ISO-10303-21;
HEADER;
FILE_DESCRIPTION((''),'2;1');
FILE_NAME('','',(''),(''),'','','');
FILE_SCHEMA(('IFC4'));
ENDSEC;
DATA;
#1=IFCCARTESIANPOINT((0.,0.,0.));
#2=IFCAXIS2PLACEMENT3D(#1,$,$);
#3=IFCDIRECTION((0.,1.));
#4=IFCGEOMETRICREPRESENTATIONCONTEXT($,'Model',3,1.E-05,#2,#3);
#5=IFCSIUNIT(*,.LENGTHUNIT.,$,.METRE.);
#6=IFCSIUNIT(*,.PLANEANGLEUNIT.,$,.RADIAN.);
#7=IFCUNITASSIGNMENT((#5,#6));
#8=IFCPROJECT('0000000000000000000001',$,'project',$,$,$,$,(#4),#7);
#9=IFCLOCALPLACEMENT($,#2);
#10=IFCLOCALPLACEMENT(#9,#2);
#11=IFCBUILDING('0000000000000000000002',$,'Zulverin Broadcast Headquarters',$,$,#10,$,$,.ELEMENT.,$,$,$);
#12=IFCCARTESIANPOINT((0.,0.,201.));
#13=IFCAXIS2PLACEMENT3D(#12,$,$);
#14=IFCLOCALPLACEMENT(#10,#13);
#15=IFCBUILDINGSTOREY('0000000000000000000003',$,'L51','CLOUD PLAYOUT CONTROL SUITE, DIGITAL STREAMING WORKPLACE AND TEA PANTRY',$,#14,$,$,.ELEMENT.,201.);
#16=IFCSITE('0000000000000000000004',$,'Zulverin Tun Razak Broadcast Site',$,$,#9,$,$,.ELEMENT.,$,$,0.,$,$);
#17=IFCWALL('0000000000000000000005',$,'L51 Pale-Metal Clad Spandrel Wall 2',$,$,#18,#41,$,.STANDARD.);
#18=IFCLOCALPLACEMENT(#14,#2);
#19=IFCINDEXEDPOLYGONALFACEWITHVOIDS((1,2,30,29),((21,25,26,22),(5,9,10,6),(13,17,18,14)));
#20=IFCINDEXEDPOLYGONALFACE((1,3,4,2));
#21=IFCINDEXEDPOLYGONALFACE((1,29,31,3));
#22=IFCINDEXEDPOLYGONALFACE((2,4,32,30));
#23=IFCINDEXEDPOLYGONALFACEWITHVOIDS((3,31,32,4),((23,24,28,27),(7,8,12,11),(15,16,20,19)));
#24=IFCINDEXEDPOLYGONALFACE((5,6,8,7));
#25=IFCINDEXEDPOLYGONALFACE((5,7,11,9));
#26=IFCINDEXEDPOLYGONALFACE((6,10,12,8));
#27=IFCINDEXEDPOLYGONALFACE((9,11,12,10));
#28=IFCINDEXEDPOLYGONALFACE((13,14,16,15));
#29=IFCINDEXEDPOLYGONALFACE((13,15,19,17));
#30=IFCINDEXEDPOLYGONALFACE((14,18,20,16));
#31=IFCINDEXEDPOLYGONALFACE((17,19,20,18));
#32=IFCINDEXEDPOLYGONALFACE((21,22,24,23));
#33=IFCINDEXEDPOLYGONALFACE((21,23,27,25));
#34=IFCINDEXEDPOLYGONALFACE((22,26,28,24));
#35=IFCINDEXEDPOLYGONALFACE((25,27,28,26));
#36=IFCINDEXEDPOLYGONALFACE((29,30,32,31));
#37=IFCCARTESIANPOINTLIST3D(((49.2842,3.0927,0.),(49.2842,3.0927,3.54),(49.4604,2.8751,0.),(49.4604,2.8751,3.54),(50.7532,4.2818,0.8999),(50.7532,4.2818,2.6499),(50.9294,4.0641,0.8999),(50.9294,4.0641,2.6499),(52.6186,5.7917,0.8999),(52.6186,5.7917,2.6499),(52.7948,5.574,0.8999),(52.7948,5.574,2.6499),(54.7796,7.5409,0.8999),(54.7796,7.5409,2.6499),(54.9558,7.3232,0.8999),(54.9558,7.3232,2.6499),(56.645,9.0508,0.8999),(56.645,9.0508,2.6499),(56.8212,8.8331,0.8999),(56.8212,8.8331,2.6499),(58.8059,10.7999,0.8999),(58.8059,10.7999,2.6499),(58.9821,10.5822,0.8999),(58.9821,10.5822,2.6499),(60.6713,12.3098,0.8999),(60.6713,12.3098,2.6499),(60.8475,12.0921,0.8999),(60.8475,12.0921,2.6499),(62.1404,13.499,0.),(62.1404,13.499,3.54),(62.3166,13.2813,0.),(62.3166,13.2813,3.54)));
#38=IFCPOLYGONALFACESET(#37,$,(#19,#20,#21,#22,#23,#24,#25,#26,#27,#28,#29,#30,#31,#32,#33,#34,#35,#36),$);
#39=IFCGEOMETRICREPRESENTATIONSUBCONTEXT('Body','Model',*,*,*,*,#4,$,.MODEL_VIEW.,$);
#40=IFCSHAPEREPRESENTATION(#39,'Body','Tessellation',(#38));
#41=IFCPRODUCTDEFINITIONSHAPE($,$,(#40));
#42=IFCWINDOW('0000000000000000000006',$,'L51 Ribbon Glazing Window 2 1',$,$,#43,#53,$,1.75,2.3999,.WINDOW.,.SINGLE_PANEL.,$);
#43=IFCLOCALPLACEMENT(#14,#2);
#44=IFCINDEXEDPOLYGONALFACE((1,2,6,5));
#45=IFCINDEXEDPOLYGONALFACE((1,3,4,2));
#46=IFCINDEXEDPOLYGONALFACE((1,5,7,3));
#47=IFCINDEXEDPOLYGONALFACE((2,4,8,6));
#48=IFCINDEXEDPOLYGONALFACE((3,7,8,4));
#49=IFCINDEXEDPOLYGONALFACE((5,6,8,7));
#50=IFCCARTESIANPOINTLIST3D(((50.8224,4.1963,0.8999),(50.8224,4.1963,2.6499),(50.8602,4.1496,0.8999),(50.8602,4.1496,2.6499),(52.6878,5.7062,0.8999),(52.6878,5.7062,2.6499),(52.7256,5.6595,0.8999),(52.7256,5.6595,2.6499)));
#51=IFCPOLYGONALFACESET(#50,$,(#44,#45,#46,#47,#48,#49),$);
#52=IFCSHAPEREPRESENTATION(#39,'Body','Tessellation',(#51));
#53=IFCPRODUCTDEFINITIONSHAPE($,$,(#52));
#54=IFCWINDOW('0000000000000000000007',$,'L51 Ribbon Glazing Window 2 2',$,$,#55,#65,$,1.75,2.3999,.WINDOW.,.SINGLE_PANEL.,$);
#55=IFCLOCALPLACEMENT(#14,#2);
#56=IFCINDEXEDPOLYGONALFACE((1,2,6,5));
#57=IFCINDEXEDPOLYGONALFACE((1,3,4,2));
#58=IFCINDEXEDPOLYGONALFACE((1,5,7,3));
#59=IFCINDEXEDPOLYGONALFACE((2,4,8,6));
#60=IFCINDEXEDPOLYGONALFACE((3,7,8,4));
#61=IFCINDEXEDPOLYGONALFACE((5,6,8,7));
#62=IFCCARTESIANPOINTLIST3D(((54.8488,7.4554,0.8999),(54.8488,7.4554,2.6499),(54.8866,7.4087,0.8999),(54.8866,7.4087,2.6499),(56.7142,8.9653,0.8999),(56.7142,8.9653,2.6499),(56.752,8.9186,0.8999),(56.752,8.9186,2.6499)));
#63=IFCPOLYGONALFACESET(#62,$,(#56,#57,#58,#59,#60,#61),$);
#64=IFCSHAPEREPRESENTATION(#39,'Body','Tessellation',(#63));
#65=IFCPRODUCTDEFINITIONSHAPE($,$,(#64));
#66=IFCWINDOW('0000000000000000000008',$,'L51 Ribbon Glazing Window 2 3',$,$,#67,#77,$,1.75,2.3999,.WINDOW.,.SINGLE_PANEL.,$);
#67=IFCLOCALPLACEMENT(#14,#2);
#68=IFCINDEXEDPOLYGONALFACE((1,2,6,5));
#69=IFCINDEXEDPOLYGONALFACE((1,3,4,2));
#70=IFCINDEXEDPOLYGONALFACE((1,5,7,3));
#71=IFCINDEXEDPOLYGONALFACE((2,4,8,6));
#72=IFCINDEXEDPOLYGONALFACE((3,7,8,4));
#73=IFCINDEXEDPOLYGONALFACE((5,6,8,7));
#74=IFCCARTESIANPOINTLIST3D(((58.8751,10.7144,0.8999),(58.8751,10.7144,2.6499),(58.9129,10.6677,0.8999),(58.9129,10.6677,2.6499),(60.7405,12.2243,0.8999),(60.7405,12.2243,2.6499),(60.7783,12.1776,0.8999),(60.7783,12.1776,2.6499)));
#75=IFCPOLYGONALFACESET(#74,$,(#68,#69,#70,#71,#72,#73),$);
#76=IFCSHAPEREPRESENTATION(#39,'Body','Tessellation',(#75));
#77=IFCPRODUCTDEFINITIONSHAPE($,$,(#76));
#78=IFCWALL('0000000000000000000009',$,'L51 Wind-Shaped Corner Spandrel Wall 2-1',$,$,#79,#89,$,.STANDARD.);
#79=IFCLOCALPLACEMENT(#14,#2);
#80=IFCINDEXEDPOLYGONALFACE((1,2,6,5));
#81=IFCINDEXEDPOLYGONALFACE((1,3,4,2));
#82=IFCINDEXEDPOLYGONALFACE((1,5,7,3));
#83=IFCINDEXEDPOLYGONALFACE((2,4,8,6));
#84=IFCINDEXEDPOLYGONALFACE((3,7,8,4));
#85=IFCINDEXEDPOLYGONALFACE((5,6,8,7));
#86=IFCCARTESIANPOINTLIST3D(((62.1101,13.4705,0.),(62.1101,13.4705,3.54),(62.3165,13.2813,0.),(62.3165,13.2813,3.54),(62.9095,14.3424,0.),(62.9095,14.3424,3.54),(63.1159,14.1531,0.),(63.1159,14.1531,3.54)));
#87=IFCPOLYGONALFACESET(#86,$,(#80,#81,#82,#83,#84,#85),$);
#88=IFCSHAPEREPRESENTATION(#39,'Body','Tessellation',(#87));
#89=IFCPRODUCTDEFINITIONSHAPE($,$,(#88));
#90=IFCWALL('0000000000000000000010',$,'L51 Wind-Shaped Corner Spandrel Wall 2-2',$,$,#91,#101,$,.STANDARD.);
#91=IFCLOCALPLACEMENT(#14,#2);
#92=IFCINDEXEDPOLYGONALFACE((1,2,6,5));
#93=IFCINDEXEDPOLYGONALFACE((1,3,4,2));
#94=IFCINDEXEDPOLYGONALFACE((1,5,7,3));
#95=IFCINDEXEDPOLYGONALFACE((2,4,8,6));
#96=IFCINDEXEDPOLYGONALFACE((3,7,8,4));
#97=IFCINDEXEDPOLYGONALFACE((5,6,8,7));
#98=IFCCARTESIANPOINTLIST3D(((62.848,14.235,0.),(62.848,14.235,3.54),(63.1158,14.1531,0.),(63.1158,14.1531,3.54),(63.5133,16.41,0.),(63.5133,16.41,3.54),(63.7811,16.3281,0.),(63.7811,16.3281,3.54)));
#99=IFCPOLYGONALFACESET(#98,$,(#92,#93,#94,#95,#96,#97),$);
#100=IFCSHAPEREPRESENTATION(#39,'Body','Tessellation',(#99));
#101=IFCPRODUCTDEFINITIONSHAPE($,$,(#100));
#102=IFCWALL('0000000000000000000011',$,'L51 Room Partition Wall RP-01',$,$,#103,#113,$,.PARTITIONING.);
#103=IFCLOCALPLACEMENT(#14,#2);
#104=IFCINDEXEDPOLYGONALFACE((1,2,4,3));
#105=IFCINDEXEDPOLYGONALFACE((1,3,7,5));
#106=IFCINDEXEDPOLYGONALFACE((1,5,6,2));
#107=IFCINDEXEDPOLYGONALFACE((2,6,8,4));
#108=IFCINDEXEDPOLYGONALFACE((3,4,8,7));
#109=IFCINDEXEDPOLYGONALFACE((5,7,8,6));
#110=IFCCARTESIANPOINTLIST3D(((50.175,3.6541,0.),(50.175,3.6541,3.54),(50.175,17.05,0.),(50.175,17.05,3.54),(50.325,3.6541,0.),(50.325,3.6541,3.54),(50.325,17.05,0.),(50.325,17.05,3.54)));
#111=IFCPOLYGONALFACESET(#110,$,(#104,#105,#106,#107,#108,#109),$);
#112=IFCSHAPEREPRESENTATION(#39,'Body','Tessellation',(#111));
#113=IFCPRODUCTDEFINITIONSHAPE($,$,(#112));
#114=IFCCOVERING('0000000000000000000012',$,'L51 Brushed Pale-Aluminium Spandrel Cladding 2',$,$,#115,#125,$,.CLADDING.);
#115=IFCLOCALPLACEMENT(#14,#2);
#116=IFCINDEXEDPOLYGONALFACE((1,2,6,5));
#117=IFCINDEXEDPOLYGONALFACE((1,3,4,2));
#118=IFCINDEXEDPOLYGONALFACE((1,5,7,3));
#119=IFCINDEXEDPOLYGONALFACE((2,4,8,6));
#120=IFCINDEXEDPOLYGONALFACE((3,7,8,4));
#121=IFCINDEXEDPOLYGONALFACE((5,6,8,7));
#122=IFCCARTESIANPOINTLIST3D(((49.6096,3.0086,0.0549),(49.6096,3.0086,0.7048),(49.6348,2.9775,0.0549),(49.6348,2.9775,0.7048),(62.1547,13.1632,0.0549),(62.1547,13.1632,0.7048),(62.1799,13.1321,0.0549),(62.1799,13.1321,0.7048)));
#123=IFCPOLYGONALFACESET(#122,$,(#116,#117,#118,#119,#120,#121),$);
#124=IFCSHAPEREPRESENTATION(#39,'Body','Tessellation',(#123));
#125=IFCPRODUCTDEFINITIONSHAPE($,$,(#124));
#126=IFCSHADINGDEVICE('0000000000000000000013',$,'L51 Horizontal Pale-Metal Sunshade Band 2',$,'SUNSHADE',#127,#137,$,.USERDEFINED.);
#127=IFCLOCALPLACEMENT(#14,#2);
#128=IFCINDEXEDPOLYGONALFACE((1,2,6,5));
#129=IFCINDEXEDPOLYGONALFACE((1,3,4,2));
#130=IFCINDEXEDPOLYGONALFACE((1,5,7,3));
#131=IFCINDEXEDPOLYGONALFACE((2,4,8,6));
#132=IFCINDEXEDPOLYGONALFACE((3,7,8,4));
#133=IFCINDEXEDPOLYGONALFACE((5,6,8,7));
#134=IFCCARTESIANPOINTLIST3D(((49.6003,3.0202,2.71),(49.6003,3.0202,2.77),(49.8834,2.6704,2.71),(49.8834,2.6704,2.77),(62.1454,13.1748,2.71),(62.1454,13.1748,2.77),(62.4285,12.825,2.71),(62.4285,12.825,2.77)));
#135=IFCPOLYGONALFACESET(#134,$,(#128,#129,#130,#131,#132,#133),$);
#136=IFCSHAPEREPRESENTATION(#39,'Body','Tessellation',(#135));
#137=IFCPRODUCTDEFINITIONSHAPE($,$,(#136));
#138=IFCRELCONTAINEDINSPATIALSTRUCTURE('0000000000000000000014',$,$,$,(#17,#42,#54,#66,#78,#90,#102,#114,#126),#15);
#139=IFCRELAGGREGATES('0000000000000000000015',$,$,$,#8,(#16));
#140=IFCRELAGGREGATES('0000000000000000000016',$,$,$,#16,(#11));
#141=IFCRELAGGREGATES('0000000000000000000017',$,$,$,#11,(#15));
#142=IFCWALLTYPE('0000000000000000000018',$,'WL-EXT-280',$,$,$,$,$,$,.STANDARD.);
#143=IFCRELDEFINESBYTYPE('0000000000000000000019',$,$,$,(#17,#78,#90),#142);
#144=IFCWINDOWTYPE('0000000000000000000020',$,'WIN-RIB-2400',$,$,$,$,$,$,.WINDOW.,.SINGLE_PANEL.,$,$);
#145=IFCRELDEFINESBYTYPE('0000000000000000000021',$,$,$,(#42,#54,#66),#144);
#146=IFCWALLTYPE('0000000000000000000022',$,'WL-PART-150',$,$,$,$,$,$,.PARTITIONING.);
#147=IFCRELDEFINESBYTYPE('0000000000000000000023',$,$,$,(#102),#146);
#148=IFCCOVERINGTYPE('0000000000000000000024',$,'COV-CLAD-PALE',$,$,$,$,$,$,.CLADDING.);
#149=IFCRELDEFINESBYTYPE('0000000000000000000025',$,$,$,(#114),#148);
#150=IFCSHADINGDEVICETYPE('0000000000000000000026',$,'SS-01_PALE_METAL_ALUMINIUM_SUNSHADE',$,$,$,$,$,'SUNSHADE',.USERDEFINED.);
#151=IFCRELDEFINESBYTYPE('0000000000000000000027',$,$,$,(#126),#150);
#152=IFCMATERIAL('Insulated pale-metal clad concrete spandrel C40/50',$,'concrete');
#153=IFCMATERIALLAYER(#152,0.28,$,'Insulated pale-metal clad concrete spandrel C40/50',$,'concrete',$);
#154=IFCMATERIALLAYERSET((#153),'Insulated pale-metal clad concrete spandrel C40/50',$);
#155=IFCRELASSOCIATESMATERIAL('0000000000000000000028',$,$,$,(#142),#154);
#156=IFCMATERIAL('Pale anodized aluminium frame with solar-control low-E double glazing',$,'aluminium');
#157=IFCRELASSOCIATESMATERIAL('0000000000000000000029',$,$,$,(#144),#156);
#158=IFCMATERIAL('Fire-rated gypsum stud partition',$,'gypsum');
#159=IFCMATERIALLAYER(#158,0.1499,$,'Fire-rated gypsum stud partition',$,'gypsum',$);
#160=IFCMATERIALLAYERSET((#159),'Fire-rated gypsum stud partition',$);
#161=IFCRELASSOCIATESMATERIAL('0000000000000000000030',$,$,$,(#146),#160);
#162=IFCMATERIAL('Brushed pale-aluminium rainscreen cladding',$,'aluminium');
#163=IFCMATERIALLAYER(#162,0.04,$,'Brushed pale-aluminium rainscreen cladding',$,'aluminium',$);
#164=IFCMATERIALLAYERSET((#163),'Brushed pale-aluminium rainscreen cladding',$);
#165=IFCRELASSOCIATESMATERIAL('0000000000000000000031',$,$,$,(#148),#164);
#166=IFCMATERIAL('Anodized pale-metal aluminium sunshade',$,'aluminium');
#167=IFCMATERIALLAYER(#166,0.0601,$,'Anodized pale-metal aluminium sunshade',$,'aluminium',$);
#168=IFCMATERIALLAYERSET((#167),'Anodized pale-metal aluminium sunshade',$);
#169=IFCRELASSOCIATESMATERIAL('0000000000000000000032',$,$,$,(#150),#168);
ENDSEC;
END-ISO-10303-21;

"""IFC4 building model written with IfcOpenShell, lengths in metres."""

from ifc_helpers import new_model, si_unit, direction, frame, frame_2d, origin, origin_2d, place, context, subcontext, project, spatial, rectangle, extrude, material, layer, layer_set, type_object, element, fill, save


model = new_model("IFC4")

# Units and contexts
model_context = context("Model", 3, precision=1e-05, world=origin(), true_north=direction((0.0, 1.0)))
body_context = subcontext(model_context, "Body", "Model", "MODEL_VIEW")
ifc_project = project(units=[si_unit("LENGTHUNIT", "METRE"), si_unit("PLANEANGLEUNIT", "RADIAN")], contexts=[model_context])

# Site, building, storey
site_placement = place(None, origin())
site = spatial("IfcSite", under=ifc_project, at=site_placement, Name="Zulverin Tun Razak Broadcast Site", CompositionType="ELEMENT", RefElevation=0.0)
building_placement = place(site_placement, origin())
building = spatial("IfcBuilding", under=site, at=building_placement, Name="Zulverin Broadcast Headquarters", CompositionType="ELEMENT")
storey_placement = place(building_placement, frame((0.0, 0.0, 201.0)))
storey = spatial("IfcBuildingStorey", under=building, at=storey_placement, Name="L51", Description="CLOUD PLAYOUT CONTROL SUITE, DIGITAL STREAMING WORKPLACE AND TEA PANTRY", CompositionType="ELEMENT", Elevation=201.0)

# Wall, openings, windows
ifc_material_1 = material(Name="Insulated pale-metal clad concrete spandrel C40/50", Category="concrete")
ifc_layer_1 = layer(ifc_material_1, 0.28, Name="Insulated pale-metal clad concrete spandrel C40/50", Category="concrete")
ifc_layer_set_1 = layer_set([ifc_layer_1], Name="Insulated pale-metal clad concrete spandrel C40/50")
wall_type_1 = type_object("IfcWallType", Name="WL-EXT-280", PredefinedType="STANDARD", material=ifc_layer_set_1)
wall_1_placement = place(storey_placement, frame((49.3723, 2.9839, 0.0), z_axis=(0.0, 0.0, 1.0), x_axis=(0.777279, 0.629156, 0.0)))
wall_1 = element("IfcWall", 1, at=wall_1_placement, inside=storey, type_object=wall_type_1, Name="L51 Pale-Metal Clad Spandrel Wall 2", PredefinedType="STANDARD", context=body_context, shape_type="SweptSolid", body=[
    extrude(rectangle(XDim=16.54, YDim=0.28, at=frame_2d((8.27, 0.0))), origin(), (0.0, 0.0, 1.0), 3.54),
])
opening_1_placement = place(wall_1_placement, frame((1.8899, 0.0, 0.8999)))
opening_1 = element("IfcOpeningElement", 2, at=opening_1_placement, cuts=wall_1, PredefinedType="OPENING", context=body_context, shape_type="SweptSolid", body=[
    extrude(rectangle(XDim=2.3999, YDim=1.75, at=frame_2d((1.2, 0.875))), frame((0.0, 0.1499, 0.0), z_axis=(0.0, -1.0, 0.0), x_axis=(1.0, 0.0, 0.0)), (0.0, 0.0, 1.0), 0.3),
])
opening_2_placement = place(wall_1_placement, frame((7.0701, 0.0, 0.8999)))
opening_2 = element("IfcOpeningElement", 3, at=opening_2_placement, cuts=wall_1, PredefinedType="OPENING", context=body_context, shape_type="SweptSolid", body=[
    extrude(rectangle(XDim=2.3999, YDim=1.75, at=frame_2d((1.2, 0.875))), frame((0.0, 0.1499, 0.0), z_axis=(0.0, -1.0, 0.0), x_axis=(1.0, 0.0, 0.0)), (0.0, 0.0, 1.0), 0.3),
])
opening_3_placement = place(wall_1_placement, frame((12.25, 0.0, 0.8999)))
opening_3 = element("IfcOpeningElement", 4, at=opening_3_placement, cuts=wall_1, PredefinedType="OPENING", context=body_context, shape_type="SweptSolid", body=[
    extrude(rectangle(XDim=2.3999, YDim=1.75, at=frame_2d((1.2, 0.875))), frame((0.0, 0.1499, 0.0), z_axis=(0.0, -1.0, 0.0), x_axis=(1.0, 0.0, 0.0)), (0.0, 0.0, 1.0), 0.3),
])
ifc_material_2 = material(Name="Pale anodized aluminium frame with solar-control low-E double glazing", Category="aluminium")
window_type = type_object("IfcWindowType", Name="WIN-RIB-2400", PartitioningType="SINGLE_PANEL", PredefinedType="WINDOW", material=ifc_material_2)
window_1_placement = place(opening_1_placement, origin())
window_1 = element("IfcWindow", 5, at=window_1_placement, inside=storey, type_object=window_type, Name="L51 Ribbon Glazing Window 2 1", OverallHeight=1.75, OverallWidth=2.3999, PartitioningType="SINGLE_PANEL", PredefinedType="WINDOW", context=body_context, shape_type="SweptSolid", body=[
    extrude(rectangle(XDim=2.3999, YDim=1.75, at=frame_2d((1.2, 0.875))), frame((0.0, 0.03, 0.0), z_axis=(0.0, -1.0, 0.0), x_axis=(1.0, 0.0, 0.0)), (0.0, 0.0, 1.0), 0.0601),
])
fill(opening_1, window_1)
window_2_placement = place(opening_2_placement, origin())
window_2 = element("IfcWindow", 6, at=window_2_placement, inside=storey, type_object=window_type, Name="L51 Ribbon Glazing Window 2 2", OverallHeight=1.75, OverallWidth=2.3999, PartitioningType="SINGLE_PANEL", PredefinedType="WINDOW", context=body_context, shape_type="SweptSolid", body=[
    extrude(rectangle(XDim=2.3999, YDim=1.75, at=frame_2d((1.2, 0.875))), frame((0.0, 0.03, 0.0), z_axis=(0.0, -1.0, 0.0), x_axis=(1.0, 0.0, 0.0)), (0.0, 0.0, 1.0), 0.0601),
])
fill(opening_2, window_2)
window_3_placement = place(opening_3_placement, origin())
window_3 = element("IfcWindow", 7, at=window_3_placement, inside=storey, type_object=window_type, Name="L51 Ribbon Glazing Window 2 3", OverallHeight=1.75, OverallWidth=2.3999, PartitioningType="SINGLE_PANEL", PredefinedType="WINDOW", context=body_context, shape_type="SweptSolid", body=[
    extrude(rectangle(XDim=2.3999, YDim=1.75, at=frame_2d((1.2, 0.875))), frame((0.0, 0.03, 0.0), z_axis=(0.0, -1.0, 0.0), x_axis=(1.0, 0.0, 0.0)), (0.0, 0.0, 1.0), 0.0601),
])
fill(opening_3, window_3)

# Walls
wall_2_placement = place(storey_placement, frame((62.2134, 13.376, 0.0), z_axis=(0.0, 0.0, 1.0), x_axis=(0.67579, 0.737094, 0.0)))
element("IfcWall", 8, at=wall_2_placement, inside=storey, type_object=wall_type_1, Name="L51 Wind-Shaped Corner Spandrel Wall 2-1", PredefinedType="STANDARD", context=body_context, shape_type="SweptSolid", body=[
    extrude(rectangle(XDim=1.1829, YDim=0.28, at=frame_2d((0.5913, 0.0))), origin(), (0.0, 0.0, 1.0), 3.54),
])
wall_3_placement = place(storey_placement, frame((62.9819, 14.1941, 0.0), z_axis=(0.0, 0.0, 1.0), x_axis=(0.292494, 0.956267, 0.0)))
element("IfcWall", 9, at=wall_3_placement, inside=storey, type_object=wall_type_1, Name="L51 Wind-Shaped Corner Spandrel Wall 2-2", PredefinedType="STANDARD", context=body_context, shape_type="SweptSolid", body=[
    extrude(rectangle(XDim=2.2744, YDim=0.28, at=frame_2d((1.1372, 0.0))), origin(), (0.0, 0.0, 1.0), 3.54),
])
ifc_material_3 = material(Name="Fire-rated gypsum stud partition", Category="gypsum")
ifc_layer_2 = layer(ifc_material_3, 0.1499, Name="Fire-rated gypsum stud partition", Category="gypsum")
ifc_layer_set_2 = layer_set([ifc_layer_2], Name="Fire-rated gypsum stud partition")
wall_type_2 = type_object("IfcWallType", Name="WL-PART-150", PredefinedType="PARTITIONING", material=ifc_layer_set_2)
wall_4_placement = place(storey_placement, frame((50.25, 3.6541, 0.0), z_axis=(0.0, 0.0, 1.0), x_axis=(0.0, 1.0, 0.0)))
element("IfcWall", 10, at=wall_4_placement, inside=storey, type_object=wall_type_2, Name="L51 Room Partition Wall RP-01", PredefinedType="PARTITIONING", context=body_context, shape_type="SweptSolid", body=[
    extrude(rectangle(XDim=13.396, YDim=0.1499, at=frame_2d((6.698, 0.0))), origin(), (0.0, 0.0, 1.0), 3.54),
])

# Covering
ifc_material_4 = material(Name="Brushed pale-aluminium rainscreen cladding", Category="aluminium")
ifc_layer_3 = layer(ifc_material_4, 0.04, Name="Brushed pale-aluminium rainscreen cladding", Category="aluminium")
ifc_layer_set_3 = layer_set([ifc_layer_3], Name="Brushed pale-aluminium rainscreen cladding")
covering_type = type_object("IfcCoveringType", Name="COV-CLAD-PALE", PredefinedType="CLADDING", material=ifc_layer_set_3)
covering_placement = place(storey_placement, frame((55.8948, 8.0703, 0.0549), z_axis=(0.0, 0.0, 1.0), x_axis=(0.777274, 0.629162, 0.0)))
element("IfcCovering", 11, at=covering_placement, inside=storey, type_object=covering_type, Name="L51 Brushed Pale-Aluminium Spandrel Cladding 2", PredefinedType="CLADDING", context=body_context, shape_type="SweptSolid", body=[
    extrude(rectangle(XDim=16.1399, YDim=0.04, at=origin_2d()), origin(), (0.0, 0.0, 1.0), 0.6499),
])

# Shading device
ifc_material_5 = material(Name="Anodized pale-metal aluminium sunshade", Category="aluminium")
ifc_layer_4 = layer(ifc_material_5, 0.0601, Name="Anodized pale-metal aluminium sunshade", Category="aluminium")
ifc_layer_set_4 = layer_set([ifc_layer_4], Name="Anodized pale-metal aluminium sunshade")
shading_device_type = type_object("IfcShadingDeviceType", Name="SS-01_PALE_METAL_ALUMINIUM_SUNSHADE", ElementType="SUNSHADE", PredefinedType="USERDEFINED", material=ifc_layer_set_4)
shading_device_placement = place(storey_placement, frame((56.0144, 7.9226, 2.71), z_axis=(0.0, 0.0, 1.0), x_axis=(0.777274, 0.629162, 0.0)))
element("IfcShadingDevice", 12, at=shading_device_placement, inside=storey, type_object=shading_device_type, Name="L51 Horizontal Pale-Metal Sunshade Band 2", ObjectType="SUNSHADE", PredefinedType="USERDEFINED", context=body_context, shape_type="SweptSolid", body=[
    extrude(rectangle(XDim=16.1399, YDim=0.45, at=origin_2d()), origin(), (0.0, 0.0, 1.0), 0.0601),
])

save(model, "model.ifc")
